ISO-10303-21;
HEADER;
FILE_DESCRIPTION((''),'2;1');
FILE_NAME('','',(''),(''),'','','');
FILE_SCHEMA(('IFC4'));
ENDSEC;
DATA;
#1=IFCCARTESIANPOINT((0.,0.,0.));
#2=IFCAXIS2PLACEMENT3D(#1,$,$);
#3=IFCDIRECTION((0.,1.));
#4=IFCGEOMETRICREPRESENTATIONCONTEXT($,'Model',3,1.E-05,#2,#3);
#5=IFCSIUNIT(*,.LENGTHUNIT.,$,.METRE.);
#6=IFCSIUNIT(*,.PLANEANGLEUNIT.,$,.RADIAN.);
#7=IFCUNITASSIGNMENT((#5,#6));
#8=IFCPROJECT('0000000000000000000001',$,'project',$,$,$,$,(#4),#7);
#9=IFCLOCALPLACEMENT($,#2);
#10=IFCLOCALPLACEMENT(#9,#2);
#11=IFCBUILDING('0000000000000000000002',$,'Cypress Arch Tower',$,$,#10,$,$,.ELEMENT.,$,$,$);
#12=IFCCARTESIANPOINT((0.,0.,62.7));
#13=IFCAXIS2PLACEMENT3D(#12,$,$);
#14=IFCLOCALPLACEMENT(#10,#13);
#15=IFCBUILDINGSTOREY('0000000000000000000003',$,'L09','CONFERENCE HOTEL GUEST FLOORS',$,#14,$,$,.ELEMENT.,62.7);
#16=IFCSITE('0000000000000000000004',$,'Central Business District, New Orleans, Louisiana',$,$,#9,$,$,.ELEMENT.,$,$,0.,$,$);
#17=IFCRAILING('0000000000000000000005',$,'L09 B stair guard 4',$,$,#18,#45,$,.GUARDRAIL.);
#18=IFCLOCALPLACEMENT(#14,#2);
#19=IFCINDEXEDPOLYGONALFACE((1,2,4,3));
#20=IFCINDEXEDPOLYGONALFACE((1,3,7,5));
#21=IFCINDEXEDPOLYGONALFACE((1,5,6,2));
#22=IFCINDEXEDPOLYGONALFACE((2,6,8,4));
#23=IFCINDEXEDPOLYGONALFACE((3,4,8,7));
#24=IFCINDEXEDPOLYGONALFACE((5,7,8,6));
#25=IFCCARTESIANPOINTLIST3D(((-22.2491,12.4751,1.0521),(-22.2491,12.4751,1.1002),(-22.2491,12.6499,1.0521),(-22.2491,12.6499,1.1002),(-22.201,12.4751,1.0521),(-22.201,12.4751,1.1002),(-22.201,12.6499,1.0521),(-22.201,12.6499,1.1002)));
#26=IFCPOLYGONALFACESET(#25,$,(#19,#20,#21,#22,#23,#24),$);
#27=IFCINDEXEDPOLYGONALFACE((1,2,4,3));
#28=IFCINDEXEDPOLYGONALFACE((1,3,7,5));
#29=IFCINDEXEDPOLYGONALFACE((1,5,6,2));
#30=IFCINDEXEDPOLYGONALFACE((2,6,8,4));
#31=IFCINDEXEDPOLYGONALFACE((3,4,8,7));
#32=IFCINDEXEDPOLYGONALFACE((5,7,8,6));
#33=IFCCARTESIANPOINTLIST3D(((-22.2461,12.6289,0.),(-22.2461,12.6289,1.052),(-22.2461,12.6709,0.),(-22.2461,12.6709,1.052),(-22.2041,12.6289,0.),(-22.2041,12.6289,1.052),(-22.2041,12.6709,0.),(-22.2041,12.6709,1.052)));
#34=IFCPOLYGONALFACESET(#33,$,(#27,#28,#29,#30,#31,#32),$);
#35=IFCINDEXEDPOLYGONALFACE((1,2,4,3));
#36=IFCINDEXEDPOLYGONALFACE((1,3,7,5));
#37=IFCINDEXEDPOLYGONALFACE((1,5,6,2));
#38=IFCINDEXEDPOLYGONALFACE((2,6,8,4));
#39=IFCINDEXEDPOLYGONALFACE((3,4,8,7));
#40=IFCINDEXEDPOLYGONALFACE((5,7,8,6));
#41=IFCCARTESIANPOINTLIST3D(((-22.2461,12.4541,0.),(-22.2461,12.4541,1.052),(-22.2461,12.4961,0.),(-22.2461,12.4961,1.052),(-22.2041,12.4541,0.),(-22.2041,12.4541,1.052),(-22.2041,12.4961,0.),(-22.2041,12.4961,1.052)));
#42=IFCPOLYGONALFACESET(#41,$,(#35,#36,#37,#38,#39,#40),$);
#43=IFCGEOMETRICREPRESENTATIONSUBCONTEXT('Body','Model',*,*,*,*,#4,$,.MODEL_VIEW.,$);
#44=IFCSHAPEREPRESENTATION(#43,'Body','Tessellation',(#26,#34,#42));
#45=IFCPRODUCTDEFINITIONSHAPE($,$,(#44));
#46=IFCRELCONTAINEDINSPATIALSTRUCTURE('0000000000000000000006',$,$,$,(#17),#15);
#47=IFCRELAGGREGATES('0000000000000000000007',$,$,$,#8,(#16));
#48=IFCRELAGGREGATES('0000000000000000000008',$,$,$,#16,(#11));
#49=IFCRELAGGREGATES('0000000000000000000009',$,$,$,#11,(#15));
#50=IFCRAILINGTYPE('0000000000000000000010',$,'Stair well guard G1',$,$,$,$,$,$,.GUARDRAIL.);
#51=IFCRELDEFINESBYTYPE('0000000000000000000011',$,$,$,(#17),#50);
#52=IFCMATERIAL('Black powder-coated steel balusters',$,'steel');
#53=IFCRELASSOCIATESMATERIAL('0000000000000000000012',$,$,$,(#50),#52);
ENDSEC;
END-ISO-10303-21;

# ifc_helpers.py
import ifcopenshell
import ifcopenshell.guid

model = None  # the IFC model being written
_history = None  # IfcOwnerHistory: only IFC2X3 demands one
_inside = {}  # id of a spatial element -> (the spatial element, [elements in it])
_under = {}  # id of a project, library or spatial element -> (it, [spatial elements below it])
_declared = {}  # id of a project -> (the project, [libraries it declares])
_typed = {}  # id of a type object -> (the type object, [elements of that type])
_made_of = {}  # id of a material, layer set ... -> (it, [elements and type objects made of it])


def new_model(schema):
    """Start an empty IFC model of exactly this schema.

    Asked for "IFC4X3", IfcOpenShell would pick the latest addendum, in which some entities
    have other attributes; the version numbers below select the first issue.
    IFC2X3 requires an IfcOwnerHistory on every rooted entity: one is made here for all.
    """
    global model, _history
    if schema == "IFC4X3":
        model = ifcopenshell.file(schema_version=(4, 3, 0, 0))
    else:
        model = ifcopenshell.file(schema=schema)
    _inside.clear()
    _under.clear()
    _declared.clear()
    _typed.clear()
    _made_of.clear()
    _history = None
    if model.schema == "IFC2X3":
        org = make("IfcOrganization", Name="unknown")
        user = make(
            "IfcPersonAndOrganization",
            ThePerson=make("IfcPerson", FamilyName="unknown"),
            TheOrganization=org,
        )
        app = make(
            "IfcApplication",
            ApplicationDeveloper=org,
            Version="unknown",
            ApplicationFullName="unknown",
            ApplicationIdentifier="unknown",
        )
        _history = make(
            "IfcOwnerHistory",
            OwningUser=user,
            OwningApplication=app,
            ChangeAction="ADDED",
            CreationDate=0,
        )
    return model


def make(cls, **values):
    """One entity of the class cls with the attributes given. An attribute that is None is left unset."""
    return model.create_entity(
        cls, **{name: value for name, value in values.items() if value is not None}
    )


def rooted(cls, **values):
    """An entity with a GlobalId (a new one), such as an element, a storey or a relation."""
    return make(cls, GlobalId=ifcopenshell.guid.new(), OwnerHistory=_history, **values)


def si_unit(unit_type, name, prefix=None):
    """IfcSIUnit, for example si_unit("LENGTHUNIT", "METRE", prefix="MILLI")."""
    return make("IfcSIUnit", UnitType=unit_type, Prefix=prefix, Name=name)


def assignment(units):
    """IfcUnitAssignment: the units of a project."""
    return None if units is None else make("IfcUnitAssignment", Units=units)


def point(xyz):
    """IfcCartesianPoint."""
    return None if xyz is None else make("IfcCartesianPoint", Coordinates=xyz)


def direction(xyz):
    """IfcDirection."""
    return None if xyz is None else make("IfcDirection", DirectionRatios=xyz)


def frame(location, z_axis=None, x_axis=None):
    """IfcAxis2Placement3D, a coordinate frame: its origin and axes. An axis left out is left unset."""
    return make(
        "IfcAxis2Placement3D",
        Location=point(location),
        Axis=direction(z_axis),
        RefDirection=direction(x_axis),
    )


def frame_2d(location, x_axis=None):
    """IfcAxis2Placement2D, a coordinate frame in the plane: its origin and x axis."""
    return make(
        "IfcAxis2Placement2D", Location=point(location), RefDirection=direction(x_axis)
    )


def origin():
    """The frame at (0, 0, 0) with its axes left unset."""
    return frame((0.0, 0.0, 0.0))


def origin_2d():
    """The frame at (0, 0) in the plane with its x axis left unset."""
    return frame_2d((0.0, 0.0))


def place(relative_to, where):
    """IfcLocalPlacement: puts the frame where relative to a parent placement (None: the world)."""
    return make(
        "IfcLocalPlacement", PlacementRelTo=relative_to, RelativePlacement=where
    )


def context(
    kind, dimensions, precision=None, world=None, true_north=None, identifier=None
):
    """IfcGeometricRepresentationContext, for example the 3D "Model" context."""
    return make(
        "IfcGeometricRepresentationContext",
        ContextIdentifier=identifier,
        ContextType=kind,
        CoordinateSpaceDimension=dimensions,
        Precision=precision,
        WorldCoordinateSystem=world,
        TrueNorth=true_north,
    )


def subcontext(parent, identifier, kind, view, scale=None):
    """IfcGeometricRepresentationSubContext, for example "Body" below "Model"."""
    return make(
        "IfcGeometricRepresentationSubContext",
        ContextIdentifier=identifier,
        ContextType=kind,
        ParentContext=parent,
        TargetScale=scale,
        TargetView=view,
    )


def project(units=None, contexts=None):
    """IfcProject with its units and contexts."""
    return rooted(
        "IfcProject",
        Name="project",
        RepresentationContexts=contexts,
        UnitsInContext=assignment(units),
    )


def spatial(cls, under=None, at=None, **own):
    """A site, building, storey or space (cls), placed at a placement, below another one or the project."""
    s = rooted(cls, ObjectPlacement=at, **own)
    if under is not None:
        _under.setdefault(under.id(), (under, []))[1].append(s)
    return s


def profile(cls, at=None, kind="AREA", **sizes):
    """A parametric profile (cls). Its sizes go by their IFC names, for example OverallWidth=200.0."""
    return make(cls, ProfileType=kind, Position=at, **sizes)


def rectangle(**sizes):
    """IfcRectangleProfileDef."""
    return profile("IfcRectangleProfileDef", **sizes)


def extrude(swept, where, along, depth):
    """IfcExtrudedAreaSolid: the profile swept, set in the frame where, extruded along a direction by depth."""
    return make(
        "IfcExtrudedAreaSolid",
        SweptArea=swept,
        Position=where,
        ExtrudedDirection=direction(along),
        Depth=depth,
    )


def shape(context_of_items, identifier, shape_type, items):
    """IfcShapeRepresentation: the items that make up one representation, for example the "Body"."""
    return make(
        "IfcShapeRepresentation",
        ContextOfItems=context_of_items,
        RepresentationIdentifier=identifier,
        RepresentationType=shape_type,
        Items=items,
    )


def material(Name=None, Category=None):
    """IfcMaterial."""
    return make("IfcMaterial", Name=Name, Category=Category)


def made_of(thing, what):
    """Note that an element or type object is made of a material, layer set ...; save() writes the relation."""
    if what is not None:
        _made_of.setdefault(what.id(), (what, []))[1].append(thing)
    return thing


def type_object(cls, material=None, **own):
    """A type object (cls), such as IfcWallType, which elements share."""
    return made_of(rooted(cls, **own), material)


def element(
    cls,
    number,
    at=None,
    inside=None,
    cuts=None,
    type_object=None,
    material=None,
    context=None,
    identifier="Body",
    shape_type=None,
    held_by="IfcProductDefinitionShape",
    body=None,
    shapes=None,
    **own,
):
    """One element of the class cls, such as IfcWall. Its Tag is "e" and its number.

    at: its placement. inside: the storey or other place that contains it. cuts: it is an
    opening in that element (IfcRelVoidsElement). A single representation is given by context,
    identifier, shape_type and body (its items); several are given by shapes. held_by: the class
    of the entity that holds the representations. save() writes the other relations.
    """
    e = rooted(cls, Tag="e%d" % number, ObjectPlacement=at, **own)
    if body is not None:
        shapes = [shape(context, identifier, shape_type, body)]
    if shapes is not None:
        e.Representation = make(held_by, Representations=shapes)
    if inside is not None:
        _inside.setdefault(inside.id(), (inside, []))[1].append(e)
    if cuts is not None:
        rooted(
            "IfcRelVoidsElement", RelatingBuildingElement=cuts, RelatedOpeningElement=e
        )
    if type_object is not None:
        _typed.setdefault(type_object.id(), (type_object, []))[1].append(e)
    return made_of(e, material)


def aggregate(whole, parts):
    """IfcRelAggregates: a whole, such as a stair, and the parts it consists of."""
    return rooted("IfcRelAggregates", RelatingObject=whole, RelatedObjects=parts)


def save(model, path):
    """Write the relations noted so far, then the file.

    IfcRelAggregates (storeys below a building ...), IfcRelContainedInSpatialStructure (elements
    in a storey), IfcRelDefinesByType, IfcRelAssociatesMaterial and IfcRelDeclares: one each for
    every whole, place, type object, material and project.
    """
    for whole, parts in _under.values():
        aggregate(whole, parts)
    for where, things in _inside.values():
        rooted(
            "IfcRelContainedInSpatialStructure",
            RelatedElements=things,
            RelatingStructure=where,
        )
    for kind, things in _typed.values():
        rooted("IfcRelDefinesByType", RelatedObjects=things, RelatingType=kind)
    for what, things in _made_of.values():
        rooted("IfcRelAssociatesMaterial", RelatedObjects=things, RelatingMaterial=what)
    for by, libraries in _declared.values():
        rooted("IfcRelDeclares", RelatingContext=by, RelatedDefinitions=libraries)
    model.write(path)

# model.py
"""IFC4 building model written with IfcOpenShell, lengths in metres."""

from ifc_helpers import new_model, si_unit, direction, frame, origin, origin_2d, place, context, subcontext, project, spatial, rectangle, extrude, material, type_object, element, save


model = new_model("IFC4")

# Units and contexts
model_context = context("Model", 3, precision=1e-05, world=origin(), true_north=direction((0.0, 1.0)))
body_context = subcontext(model_context, "Body", "Model", "MODEL_VIEW")
ifc_project = project(units=[si_unit("LENGTHUNIT", "METRE"), si_unit("PLANEANGLEUNIT", "RADIAN")], contexts=[model_context])

# Site, building, storey
site_placement = place(None, origin())
site = spatial("IfcSite", under=ifc_project, at=site_placement, Name="Central Business District, New Orleans, Louisiana", CompositionType="ELEMENT", RefElevation=0.0)
building_placement = place(site_placement, origin())
building = spatial("IfcBuilding", under=site, at=building_placement, Name="Cypress Arch Tower", CompositionType="ELEMENT")
storey_placement = place(building_placement, frame((0.0, 0.0, 62.7)))
storey = spatial("IfcBuildingStorey", under=building, at=storey_placement, Name="L09", Description="CONFERENCE HOTEL GUEST FLOORS", CompositionType="ELEMENT", Elevation=62.7)

# Railing
ifc_material_1 = material(Name="Black powder-coated steel balusters", Category="steel")
railing_type_1 = type_object("IfcRailingType", Name="Stair well guard G1", PredefinedType="GUARDRAIL", material=ifc_material_1)
railing_1_placement = place(storey_placement, frame((-22.2251, 12.6499, 0.0)))
element("IfcRailing", 1, at=railing_1_placement, inside=storey, type_object=railing_type_1, Name="L09 B stair guard 4", PredefinedType="GUARDRAIL", context=body_context, shape_type="SweptSolid", body=[
    extrude(rectangle(XDim=0.0481, YDim=0.0481, at=origin_2d()), frame((0.0, 0.0, 1.0762), z_axis=(0.0, -1.0, 0.0), x_axis=(1.0, 0.0, 0.0)), (0.0, 0.0, 1.0), 0.1748),
    extrude(rectangle(XDim=0.042, YDim=0.042, at=origin_2d()), origin(), (0.0, 0.0, 1.0), 1.052),
    extrude(rectangle(XDim=0.042, YDim=0.042, at=origin_2d()), frame((0.0, -0.1748, 0.0)), (0.0, 0.0, 1.0), 1.052),
])

save(model, "model.ifc")
